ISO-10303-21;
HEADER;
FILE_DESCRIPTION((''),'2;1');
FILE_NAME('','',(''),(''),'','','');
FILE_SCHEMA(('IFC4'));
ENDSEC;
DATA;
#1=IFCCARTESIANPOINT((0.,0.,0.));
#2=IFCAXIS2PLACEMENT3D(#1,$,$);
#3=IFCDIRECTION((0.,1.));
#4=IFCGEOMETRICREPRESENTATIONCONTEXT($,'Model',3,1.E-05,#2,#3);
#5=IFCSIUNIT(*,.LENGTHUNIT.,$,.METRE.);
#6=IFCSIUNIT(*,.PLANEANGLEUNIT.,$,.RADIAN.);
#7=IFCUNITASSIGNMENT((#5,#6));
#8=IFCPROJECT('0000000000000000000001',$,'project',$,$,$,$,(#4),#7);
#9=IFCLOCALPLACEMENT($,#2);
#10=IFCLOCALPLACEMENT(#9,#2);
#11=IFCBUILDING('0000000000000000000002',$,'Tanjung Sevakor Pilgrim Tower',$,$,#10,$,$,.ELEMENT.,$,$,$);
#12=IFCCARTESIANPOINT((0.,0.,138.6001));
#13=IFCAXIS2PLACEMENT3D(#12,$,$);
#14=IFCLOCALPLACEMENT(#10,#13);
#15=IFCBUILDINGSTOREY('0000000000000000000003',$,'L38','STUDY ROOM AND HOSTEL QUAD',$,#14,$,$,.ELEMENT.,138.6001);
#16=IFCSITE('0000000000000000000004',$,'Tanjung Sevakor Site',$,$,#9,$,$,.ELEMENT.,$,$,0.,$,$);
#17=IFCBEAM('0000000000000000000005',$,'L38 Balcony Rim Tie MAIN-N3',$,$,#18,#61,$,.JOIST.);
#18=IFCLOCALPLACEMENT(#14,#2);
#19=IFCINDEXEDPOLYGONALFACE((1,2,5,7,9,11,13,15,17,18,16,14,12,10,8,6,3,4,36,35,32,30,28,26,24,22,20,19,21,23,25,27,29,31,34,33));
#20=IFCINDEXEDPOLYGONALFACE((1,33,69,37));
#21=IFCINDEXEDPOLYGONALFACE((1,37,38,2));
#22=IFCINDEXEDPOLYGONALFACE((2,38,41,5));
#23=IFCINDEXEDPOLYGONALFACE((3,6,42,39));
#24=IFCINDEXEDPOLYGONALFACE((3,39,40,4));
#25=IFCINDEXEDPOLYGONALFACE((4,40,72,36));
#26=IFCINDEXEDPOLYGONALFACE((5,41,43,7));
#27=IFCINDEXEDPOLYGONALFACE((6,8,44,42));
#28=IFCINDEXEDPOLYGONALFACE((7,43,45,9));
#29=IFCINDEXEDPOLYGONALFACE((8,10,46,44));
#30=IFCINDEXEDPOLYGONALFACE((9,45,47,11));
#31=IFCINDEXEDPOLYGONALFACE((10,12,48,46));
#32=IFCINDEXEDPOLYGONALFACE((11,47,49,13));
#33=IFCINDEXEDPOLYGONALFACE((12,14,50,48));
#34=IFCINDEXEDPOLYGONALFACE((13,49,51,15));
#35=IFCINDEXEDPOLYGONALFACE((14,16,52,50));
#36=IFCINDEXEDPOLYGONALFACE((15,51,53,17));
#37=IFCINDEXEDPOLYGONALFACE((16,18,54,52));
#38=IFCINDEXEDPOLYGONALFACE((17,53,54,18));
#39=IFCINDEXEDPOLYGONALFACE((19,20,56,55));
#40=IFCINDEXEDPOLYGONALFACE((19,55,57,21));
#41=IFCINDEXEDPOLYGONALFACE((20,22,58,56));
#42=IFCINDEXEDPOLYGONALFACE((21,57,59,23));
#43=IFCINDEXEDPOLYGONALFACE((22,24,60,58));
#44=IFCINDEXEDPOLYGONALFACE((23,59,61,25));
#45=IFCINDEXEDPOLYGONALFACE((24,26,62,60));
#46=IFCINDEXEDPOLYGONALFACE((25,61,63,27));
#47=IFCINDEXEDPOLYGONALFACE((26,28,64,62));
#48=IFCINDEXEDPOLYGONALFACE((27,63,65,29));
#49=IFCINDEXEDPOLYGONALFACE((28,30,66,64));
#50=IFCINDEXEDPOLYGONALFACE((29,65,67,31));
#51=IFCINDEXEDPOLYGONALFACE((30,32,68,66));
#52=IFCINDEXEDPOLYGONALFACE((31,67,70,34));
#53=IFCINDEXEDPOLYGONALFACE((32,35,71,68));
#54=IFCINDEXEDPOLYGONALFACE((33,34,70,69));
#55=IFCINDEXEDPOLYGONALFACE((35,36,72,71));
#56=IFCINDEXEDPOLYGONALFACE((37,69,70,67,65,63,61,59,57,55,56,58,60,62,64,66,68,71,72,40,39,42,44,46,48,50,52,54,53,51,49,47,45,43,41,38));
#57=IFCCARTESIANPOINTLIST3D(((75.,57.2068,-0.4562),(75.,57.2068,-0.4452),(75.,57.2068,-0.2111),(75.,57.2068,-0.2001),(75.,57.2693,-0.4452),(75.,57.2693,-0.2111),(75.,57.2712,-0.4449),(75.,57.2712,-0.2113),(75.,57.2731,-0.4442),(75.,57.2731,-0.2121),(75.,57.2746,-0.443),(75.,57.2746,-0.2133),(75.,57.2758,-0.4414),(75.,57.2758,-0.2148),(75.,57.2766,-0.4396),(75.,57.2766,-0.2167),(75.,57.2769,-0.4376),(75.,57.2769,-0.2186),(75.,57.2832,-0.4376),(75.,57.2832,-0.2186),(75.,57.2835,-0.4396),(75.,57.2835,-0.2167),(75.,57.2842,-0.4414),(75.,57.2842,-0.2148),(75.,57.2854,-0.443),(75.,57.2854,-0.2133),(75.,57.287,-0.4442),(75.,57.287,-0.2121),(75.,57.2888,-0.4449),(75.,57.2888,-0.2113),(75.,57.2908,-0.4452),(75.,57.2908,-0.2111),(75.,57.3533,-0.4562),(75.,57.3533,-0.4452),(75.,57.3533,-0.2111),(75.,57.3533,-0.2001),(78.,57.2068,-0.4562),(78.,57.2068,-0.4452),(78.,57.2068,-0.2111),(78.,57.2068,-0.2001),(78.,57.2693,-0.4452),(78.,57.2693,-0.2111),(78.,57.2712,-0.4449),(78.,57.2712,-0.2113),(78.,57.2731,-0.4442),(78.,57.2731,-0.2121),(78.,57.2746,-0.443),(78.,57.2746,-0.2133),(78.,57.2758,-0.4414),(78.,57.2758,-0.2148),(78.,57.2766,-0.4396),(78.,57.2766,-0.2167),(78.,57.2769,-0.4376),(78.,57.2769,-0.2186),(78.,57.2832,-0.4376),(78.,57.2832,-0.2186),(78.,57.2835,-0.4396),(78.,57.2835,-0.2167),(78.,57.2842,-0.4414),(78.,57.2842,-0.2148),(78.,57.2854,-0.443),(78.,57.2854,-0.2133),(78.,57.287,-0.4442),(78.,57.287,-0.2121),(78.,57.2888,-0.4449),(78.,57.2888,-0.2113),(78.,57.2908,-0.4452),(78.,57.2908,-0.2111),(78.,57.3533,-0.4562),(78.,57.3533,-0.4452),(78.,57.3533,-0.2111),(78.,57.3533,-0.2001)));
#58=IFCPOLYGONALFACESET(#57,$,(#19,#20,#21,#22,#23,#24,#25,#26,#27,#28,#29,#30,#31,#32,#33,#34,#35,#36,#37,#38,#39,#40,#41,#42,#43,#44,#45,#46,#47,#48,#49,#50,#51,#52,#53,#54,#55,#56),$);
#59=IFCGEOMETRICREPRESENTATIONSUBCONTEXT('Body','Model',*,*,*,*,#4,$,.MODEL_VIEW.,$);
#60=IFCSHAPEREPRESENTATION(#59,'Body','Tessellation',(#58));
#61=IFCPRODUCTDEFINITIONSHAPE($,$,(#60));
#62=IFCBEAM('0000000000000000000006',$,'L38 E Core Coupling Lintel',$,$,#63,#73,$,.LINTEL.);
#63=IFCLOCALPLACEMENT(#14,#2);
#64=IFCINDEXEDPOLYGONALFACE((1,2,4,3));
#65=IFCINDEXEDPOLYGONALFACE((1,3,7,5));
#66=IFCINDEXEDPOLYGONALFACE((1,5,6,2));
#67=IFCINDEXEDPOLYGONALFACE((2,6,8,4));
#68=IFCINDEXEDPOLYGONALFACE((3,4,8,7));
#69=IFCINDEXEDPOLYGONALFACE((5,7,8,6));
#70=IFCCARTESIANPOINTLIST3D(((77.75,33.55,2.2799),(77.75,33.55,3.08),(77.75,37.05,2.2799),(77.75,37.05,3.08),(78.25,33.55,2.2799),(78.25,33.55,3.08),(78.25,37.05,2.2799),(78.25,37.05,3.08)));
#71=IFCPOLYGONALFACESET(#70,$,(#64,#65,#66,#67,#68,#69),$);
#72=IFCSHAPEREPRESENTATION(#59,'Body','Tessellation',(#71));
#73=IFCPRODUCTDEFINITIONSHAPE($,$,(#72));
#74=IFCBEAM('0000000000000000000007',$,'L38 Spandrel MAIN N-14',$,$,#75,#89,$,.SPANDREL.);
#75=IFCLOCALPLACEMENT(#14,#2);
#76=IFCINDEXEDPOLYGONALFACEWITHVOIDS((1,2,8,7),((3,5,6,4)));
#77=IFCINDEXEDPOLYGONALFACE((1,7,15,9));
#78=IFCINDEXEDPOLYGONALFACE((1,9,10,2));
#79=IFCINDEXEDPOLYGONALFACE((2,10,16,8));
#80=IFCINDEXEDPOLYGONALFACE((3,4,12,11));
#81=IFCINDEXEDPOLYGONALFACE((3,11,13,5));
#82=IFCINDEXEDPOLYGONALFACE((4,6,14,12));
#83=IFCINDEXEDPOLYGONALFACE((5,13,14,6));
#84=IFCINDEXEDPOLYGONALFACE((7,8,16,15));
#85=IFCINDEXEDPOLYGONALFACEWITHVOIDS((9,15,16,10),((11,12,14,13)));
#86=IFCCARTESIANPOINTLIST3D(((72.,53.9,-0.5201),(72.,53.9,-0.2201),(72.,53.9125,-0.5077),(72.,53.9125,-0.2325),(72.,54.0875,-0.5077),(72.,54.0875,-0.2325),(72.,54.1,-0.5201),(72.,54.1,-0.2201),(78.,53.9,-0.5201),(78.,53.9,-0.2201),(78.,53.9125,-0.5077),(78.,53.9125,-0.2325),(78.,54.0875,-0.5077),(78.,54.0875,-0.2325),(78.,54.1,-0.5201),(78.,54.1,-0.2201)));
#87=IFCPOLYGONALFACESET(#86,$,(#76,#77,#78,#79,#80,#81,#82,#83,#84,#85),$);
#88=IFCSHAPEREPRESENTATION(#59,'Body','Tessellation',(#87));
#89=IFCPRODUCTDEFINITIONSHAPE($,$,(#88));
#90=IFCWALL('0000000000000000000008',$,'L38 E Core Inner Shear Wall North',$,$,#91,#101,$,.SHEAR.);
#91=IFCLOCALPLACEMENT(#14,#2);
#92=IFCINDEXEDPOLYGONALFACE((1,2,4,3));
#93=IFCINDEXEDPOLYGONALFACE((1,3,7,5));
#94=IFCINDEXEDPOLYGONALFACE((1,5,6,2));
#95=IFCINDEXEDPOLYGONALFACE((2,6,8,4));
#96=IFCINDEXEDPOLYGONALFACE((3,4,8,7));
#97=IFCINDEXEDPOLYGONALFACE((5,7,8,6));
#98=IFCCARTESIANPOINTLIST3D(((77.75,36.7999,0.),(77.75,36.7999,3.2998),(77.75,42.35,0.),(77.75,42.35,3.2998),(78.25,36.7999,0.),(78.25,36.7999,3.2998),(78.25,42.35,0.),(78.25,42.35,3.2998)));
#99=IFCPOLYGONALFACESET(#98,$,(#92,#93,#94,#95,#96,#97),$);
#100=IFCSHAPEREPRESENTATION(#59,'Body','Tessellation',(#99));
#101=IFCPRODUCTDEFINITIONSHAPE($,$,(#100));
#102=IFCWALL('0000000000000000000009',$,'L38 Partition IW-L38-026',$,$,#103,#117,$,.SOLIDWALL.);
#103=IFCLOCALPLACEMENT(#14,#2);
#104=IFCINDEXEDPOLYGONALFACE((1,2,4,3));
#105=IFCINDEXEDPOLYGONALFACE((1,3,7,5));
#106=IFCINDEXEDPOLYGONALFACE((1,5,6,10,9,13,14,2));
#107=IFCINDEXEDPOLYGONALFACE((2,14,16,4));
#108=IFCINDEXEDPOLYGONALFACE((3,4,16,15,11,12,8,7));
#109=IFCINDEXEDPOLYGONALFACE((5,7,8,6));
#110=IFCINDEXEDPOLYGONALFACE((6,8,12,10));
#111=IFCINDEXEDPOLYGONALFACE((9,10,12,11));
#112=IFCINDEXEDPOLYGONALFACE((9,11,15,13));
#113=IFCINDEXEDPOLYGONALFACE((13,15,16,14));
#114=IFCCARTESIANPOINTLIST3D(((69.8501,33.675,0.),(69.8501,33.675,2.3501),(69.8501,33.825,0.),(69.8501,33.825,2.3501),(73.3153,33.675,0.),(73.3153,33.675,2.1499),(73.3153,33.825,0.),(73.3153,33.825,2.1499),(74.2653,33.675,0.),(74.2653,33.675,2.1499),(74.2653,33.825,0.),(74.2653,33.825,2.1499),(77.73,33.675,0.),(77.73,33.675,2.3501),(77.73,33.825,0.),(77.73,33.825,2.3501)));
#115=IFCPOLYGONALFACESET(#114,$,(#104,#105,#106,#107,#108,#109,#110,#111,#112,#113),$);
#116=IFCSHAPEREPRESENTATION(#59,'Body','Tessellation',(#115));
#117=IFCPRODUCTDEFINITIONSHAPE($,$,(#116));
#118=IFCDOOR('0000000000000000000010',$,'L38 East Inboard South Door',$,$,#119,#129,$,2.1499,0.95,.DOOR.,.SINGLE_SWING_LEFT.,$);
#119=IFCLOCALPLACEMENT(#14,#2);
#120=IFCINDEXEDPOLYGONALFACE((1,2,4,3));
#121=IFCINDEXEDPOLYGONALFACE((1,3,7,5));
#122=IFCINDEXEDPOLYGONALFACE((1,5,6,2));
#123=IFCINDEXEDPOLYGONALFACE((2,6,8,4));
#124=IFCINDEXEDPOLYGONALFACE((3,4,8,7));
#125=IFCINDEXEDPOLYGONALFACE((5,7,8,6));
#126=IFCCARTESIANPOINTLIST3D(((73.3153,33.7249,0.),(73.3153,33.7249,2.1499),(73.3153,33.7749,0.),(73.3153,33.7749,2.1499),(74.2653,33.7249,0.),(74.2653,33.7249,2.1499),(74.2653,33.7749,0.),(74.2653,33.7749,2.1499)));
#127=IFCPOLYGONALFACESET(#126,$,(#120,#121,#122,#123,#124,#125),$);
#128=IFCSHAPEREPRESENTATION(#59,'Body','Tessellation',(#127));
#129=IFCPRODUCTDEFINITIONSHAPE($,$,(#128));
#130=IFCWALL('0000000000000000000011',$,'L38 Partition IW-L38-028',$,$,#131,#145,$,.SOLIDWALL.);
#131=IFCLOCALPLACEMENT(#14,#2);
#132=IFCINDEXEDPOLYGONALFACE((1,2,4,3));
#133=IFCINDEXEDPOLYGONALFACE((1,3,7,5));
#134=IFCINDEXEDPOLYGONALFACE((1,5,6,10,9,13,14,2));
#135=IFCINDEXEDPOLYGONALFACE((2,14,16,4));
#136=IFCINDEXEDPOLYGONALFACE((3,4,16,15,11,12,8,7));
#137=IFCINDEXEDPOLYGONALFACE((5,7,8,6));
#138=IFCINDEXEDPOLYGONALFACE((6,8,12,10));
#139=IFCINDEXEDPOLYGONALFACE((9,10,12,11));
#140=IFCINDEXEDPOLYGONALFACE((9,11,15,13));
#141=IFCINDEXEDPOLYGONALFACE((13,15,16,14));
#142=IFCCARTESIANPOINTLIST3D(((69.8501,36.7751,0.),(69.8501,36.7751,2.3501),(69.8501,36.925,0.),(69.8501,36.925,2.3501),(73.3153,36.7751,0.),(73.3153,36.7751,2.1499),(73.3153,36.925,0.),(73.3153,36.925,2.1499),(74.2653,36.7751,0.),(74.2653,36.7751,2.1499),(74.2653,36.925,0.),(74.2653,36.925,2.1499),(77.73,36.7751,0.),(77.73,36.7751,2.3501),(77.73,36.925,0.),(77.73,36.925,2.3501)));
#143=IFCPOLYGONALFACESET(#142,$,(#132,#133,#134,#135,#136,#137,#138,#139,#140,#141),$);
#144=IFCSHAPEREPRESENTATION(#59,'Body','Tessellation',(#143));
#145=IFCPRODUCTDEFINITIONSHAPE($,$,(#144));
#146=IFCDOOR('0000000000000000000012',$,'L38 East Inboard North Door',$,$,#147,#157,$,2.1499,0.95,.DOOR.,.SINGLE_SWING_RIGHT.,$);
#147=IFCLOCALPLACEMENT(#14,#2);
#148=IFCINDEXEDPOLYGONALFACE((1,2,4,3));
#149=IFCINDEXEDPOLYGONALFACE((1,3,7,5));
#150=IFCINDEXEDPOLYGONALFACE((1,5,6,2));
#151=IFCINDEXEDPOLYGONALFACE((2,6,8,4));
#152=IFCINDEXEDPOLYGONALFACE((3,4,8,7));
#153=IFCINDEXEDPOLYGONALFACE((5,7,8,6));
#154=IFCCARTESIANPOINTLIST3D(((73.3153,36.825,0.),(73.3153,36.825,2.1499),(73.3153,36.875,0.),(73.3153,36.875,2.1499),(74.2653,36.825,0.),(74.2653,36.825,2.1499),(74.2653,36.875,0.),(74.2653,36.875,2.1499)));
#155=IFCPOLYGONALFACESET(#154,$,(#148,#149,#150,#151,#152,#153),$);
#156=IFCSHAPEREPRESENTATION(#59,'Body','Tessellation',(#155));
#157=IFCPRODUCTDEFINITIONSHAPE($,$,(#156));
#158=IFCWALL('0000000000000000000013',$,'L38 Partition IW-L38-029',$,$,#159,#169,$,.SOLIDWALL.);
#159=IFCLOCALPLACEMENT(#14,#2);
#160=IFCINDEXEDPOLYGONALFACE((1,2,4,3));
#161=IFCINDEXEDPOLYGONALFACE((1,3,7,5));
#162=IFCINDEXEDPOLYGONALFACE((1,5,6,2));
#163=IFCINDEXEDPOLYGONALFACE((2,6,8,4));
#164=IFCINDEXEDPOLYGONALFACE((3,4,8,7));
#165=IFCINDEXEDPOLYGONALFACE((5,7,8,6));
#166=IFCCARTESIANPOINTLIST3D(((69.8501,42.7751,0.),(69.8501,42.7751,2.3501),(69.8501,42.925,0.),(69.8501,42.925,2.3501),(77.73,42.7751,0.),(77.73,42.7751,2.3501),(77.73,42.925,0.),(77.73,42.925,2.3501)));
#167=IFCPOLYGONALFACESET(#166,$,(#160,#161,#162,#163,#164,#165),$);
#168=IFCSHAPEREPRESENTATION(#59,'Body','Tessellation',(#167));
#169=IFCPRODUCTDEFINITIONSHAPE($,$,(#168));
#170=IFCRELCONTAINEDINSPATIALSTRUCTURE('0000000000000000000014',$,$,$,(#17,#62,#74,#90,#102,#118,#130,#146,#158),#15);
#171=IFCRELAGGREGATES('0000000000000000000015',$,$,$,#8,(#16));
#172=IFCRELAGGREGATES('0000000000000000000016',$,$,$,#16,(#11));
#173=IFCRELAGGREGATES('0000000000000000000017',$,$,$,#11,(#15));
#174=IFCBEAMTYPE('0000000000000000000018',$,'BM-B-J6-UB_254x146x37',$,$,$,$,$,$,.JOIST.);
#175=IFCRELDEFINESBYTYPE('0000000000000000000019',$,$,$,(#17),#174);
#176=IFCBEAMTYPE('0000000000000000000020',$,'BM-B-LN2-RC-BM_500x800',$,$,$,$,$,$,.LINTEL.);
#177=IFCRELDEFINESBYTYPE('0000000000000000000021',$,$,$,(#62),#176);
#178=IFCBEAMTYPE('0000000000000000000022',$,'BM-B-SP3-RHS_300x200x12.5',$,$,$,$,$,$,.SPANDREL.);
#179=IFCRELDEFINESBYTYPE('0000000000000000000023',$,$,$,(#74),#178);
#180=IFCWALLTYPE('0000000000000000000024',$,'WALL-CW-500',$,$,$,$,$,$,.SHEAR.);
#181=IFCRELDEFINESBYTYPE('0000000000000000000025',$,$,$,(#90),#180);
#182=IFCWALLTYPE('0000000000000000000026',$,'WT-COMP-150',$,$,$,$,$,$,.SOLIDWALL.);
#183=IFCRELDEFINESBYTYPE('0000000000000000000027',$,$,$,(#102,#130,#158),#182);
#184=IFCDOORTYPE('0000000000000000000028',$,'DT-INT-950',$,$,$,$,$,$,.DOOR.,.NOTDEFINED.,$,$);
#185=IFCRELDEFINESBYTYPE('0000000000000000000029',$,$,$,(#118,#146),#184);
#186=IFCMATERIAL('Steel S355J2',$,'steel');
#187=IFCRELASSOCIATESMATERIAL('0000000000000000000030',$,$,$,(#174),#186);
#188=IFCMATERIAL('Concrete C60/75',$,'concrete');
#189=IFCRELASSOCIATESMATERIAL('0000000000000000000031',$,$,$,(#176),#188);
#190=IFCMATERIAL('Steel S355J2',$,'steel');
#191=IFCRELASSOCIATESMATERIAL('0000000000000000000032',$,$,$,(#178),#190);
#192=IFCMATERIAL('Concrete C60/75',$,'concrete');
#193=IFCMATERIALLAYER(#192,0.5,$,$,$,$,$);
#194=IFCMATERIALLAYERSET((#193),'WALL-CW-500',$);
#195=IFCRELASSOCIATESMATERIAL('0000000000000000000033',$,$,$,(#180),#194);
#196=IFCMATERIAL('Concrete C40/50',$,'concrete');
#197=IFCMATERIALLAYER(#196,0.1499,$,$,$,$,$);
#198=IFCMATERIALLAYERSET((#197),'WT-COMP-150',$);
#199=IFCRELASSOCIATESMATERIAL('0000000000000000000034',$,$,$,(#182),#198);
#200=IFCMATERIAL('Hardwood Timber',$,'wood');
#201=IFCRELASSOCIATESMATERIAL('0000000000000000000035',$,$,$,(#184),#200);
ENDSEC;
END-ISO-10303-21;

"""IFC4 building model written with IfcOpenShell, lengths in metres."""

from ifc_helpers import new_model, si_unit, direction, frame, frame_2d, origin, origin_2d, place, context, subcontext, project, spatial, rectangle, hollow_rectangle, i_section, extrude, material, layer, layer_set, material_profile, profile_set, type_object, element, fill, save


model = new_model("IFC4")

# Units and contexts
model_context = context("Model", 3, precision=1e-05, world=origin(), true_north=direction((0.0, 1.0)))
body_context = subcontext(model_context, "Body", "Model", "MODEL_VIEW")
ifc_project = project(units=[si_unit("LENGTHUNIT", "METRE"), si_unit("PLANEANGLEUNIT", "RADIAN")], contexts=[model_context])

# Site, building, storey
site_placement = place(None, origin())
site = spatial("IfcSite", under=ifc_project, at=site_placement, Name="Tanjung Sevakor Site", CompositionType="ELEMENT", RefElevation=0.0)
building_placement = place(site_placement, origin())
building = spatial("IfcBuilding", under=site, at=building_placement, Name="Tanjung Sevakor Pilgrim Tower", CompositionType="ELEMENT")
storey_placement = place(building_placement, frame((0.0, 0.0, 138.6001)))
storey = spatial("IfcBuildingStorey", under=building, at=storey_placement, Name="L38", Description="STUDY ROOM AND HOSTEL QUAD", CompositionType="ELEMENT", Elevation=138.6001)

# Beams
ifc_material_1 = material(Name="Steel S355J2", Category="steel")
ifc_material_profile_1 = material_profile(ifc_material_1, i_section(OverallWidth=0.1465, OverallDepth=0.2561, WebThickness=0.0063, FlangeThickness=0.011, FilletRadius=0.0076, at=origin_2d()))
ifc_profile_set_1 = profile_set([ifc_material_profile_1], Name="Steel S355J2")
beam_type_1 = type_object("IfcBeamType", Name="BM-B-J6-UB_254x146x37", PredefinedType="JOIST", material=ifc_profile_set_1)
beam_1_placement = place(storey_placement, frame((75.0, 57.28, -0.3281), z_axis=(1.0, 0.0, 0.0), x_axis=(0.0, 1.0, 0.0)))
element("IfcBeam", 1, at=beam_1_placement, inside=storey, type_object=beam_type_1, Name="L38 Balcony Rim Tie MAIN-N3", PredefinedType="JOIST", context=body_context, shape_type="SweptSolid", body=[
    extrude(i_section(OverallWidth=0.1465, OverallDepth=0.2561, WebThickness=0.0063, FlangeThickness=0.011, FilletRadius=0.0076, at=origin_2d()), origin(), (0.0, 0.0, 1.0), 3.0),
])
ifc_material_2 = material(Name="Concrete C60/75", Category="concrete")
ifc_material_profile_2 = material_profile(ifc_material_2, rectangle(XDim=0.5, YDim=0.8, at=origin_2d()))
ifc_profile_set_2 = profile_set([ifc_material_profile_2], Name="Concrete C60/75")
beam_type_2 = type_object("IfcBeamType", Name="BM-B-LN2-RC-BM_500x800", PredefinedType="LINTEL", material=ifc_profile_set_2)
beam_2_placement = place(storey_placement, frame((78.0, 33.55, 2.6799), z_axis=(0.0, 1.0, 0.0), x_axis=(-1.0, 0.0, 0.0)))
element("IfcBeam", 2, at=beam_2_placement, inside=storey, type_object=beam_type_2, Name="L38 E Core Coupling Lintel", PredefinedType="LINTEL", context=body_context, shape_type="SweptSolid", body=[
    extrude(rectangle(XDim=0.5, YDim=0.8, at=origin_2d()), origin(), (0.0, 0.0, 1.0), 3.5),
])
ifc_material_3 = material(Name="Steel S355J2", Category="steel")
ifc_material_profile_3 = material_profile(ifc_material_3, hollow_rectangle(XDim=0.2, YDim=0.3, WallThickness=0.0125, at=origin_2d()))
ifc_profile_set_3 = profile_set([ifc_material_profile_3], Name="Steel S355J2")
beam_type_3 = type_object("IfcBeamType", Name="BM-B-SP3-RHS_300x200x12.5", PredefinedType="SPANDREL", material=ifc_profile_set_3)
beam_3_placement = place(storey_placement, frame((72.0, 54.0, -0.3701), z_axis=(1.0, 0.0, 0.0), x_axis=(0.0, 1.0, 0.0)))
element("IfcBeam", 3, at=beam_3_placement, inside=storey, type_object=beam_type_3, Name="L38 Spandrel MAIN N-14", PredefinedType="SPANDREL", context=body_context, shape_type="SweptSolid", body=[
    extrude(hollow_rectangle(XDim=0.2, YDim=0.3, WallThickness=0.0125, at=origin_2d()), origin(), (0.0, 0.0, 1.0), 6.0),
])

# Wall
ifc_material_4 = material(Name="Concrete C60/75", Category="concrete")
ifc_layer_1 = layer(ifc_material_4, 0.5)
ifc_layer_set_1 = layer_set([ifc_layer_1], Name="WALL-CW-500")
wall_type_1 = type_object("IfcWallType", Name="WALL-CW-500", PredefinedType="SHEAR", material=ifc_layer_set_1)
wall_1_placement = place(storey_placement, frame((78.0, 36.8, 0.0), z_axis=(0.0, 0.0, 1.0), x_axis=(0.0, 1.0, 0.0)))
element("IfcWall", 4, at=wall_1_placement, inside=storey, type_object=wall_type_1, Name="L38 E Core Inner Shear Wall North", PredefinedType="SHEAR", context=body_context, shape_type="SweptSolid", body=[
    extrude(rectangle(XDim=5.55, YDim=0.5, at=frame_2d((2.7749, 0.0))), origin(), (0.0, 0.0, 1.0), 3.2998),
])

# Walls, openings, doors
ifc_material_5 = material(Name="Concrete C40/50", Category="concrete")
ifc_layer_2 = layer(ifc_material_5, 0.1499)
ifc_layer_set_2 = layer_set([ifc_layer_2], Name="WT-COMP-150")
wall_type_2 = type_object("IfcWallType", Name="WT-COMP-150", PredefinedType="SOLIDWALL", material=ifc_layer_set_2)
wall_2_placement = place(storey_placement, frame((69.8501, 33.75, 0.0), z_axis=(0.0, 0.0, 1.0), x_axis=(1.0, 0.0, 0.0)))
wall_2 = element("IfcWall", 5, at=wall_2_placement, inside=storey, type_object=wall_type_2, Name="L38 Partition IW-L38-026", PredefinedType="SOLIDWALL", context=body_context, shape_type="SweptSolid", body=[
    extrude(rectangle(XDim=7.8799, YDim=0.1499, at=frame_2d((3.9399, 0.0))), origin(), (0.0, 0.0, 1.0), 2.3501),
])
opening_1_placement = place(wall_2_placement, frame((3.4651, 0.0, 0.0)))
opening_1 = element("IfcOpeningElement", 6, at=opening_1_placement, cuts=wall_2, PredefinedType="OPENING", context=body_context, shape_type="SweptSolid", body=[
    extrude(rectangle(XDim=0.95, YDim=2.1499, at=frame_2d((0.4751, 1.075))), frame((0.0, 0.085, 0.0), z_axis=(0.0, -1.0, 0.0), x_axis=(1.0, 0.0, 0.0)), (0.0, 0.0, 1.0), 0.1699),
])
ifc_material_6 = material(Name="Hardwood Timber", Category="wood")
door_type_1 = type_object("IfcDoorType", Name="DT-INT-950", OperationType="NOTDEFINED", PredefinedType="DOOR", material=ifc_material_6)
door_1_placement = place(opening_1_placement, origin())
door_1 = element("IfcDoor", 7, at=door_1_placement, inside=storey, type_object=door_type_1, Name="L38 East Inboard South Door", OperationType="SINGLE_SWING_LEFT", OverallHeight=2.1499, OverallWidth=0.95, PredefinedType="DOOR", context=body_context, shape_type="SweptSolid", body=[
    extrude(rectangle(XDim=0.95, YDim=2.1499, at=frame_2d((0.4751, 1.075))), frame((0.0, 0.0249, 0.0), z_axis=(0.0, -1.0, 0.0), x_axis=(1.0, 0.0, 0.0)), (0.0, 0.0, 1.0), 0.05),
])
fill(opening_1, door_1)
wall_3_placement = place(storey_placement, frame((69.8501, 36.8501, 0.0), z_axis=(0.0, 0.0, 1.0), x_axis=(1.0, 0.0, 0.0)))
wall_3 = element("IfcWall", 8, at=wall_3_placement, inside=storey, type_object=wall_type_2, Name="L38 Partition IW-L38-028", PredefinedType="SOLIDWALL", context=body_context, shape_type="SweptSolid", body=[
    extrude(rectangle(XDim=7.8799, YDim=0.1499, at=frame_2d((3.9399, 0.0))), origin(), (0.0, 0.0, 1.0), 2.3501),
])
opening_2_placement = place(wall_3_placement, frame((3.4651, 0.0, 0.0)))
opening_2 = element("IfcOpeningElement", 9, at=opening_2_placement, cuts=wall_3, PredefinedType="OPENING", context=body_context, shape_type="SweptSolid", body=[
    extrude(rectangle(XDim=0.95, YDim=2.1499, at=frame_2d((0.4751, 1.075))), frame((0.0, 0.085, 0.0), z_axis=(0.0, -1.0, 0.0), x_axis=(1.0, 0.0, 0.0)), (0.0, 0.0, 1.0), 0.1699),
])
door_2_placement = place(opening_2_placement, origin())
door_2 = element("IfcDoor", 10, at=door_2_placement, inside=storey, type_object=door_type_1, Name="L38 East Inboard North Door", OperationType="SINGLE_SWING_RIGHT", OverallHeight=2.1499, OverallWidth=0.95, PredefinedType="DOOR", context=body_context, shape_type="SweptSolid", body=[
    extrude(rectangle(XDim=0.95, YDim=2.1499, at=frame_2d((0.4751, 1.075))), frame((0.0, 0.0249, 0.0), z_axis=(0.0, -1.0, 0.0), x_axis=(1.0, 0.0, 0.0)), (0.0, 0.0, 1.0), 0.05),
])
fill(opening_2, door_2)

# Wall
wall_4_placement = place(storey_placement, frame((69.8501, 42.8501, 0.0), z_axis=(0.0, 0.0, 1.0), x_axis=(1.0, 0.0, 0.0)))
element("IfcWall", 11, at=wall_4_placement, inside=storey, type_object=wall_type_2, Name="L38 Partition IW-L38-029", PredefinedType="SOLIDWALL", context=body_context, shape_type="SweptSolid", body=[
    extrude(rectangle(XDim=7.8799, YDim=0.1499, at=frame_2d((3.9399, 0.0))), origin(), (0.0, 0.0, 1.0), 2.3501),
])

save(model, "model.ifc")
